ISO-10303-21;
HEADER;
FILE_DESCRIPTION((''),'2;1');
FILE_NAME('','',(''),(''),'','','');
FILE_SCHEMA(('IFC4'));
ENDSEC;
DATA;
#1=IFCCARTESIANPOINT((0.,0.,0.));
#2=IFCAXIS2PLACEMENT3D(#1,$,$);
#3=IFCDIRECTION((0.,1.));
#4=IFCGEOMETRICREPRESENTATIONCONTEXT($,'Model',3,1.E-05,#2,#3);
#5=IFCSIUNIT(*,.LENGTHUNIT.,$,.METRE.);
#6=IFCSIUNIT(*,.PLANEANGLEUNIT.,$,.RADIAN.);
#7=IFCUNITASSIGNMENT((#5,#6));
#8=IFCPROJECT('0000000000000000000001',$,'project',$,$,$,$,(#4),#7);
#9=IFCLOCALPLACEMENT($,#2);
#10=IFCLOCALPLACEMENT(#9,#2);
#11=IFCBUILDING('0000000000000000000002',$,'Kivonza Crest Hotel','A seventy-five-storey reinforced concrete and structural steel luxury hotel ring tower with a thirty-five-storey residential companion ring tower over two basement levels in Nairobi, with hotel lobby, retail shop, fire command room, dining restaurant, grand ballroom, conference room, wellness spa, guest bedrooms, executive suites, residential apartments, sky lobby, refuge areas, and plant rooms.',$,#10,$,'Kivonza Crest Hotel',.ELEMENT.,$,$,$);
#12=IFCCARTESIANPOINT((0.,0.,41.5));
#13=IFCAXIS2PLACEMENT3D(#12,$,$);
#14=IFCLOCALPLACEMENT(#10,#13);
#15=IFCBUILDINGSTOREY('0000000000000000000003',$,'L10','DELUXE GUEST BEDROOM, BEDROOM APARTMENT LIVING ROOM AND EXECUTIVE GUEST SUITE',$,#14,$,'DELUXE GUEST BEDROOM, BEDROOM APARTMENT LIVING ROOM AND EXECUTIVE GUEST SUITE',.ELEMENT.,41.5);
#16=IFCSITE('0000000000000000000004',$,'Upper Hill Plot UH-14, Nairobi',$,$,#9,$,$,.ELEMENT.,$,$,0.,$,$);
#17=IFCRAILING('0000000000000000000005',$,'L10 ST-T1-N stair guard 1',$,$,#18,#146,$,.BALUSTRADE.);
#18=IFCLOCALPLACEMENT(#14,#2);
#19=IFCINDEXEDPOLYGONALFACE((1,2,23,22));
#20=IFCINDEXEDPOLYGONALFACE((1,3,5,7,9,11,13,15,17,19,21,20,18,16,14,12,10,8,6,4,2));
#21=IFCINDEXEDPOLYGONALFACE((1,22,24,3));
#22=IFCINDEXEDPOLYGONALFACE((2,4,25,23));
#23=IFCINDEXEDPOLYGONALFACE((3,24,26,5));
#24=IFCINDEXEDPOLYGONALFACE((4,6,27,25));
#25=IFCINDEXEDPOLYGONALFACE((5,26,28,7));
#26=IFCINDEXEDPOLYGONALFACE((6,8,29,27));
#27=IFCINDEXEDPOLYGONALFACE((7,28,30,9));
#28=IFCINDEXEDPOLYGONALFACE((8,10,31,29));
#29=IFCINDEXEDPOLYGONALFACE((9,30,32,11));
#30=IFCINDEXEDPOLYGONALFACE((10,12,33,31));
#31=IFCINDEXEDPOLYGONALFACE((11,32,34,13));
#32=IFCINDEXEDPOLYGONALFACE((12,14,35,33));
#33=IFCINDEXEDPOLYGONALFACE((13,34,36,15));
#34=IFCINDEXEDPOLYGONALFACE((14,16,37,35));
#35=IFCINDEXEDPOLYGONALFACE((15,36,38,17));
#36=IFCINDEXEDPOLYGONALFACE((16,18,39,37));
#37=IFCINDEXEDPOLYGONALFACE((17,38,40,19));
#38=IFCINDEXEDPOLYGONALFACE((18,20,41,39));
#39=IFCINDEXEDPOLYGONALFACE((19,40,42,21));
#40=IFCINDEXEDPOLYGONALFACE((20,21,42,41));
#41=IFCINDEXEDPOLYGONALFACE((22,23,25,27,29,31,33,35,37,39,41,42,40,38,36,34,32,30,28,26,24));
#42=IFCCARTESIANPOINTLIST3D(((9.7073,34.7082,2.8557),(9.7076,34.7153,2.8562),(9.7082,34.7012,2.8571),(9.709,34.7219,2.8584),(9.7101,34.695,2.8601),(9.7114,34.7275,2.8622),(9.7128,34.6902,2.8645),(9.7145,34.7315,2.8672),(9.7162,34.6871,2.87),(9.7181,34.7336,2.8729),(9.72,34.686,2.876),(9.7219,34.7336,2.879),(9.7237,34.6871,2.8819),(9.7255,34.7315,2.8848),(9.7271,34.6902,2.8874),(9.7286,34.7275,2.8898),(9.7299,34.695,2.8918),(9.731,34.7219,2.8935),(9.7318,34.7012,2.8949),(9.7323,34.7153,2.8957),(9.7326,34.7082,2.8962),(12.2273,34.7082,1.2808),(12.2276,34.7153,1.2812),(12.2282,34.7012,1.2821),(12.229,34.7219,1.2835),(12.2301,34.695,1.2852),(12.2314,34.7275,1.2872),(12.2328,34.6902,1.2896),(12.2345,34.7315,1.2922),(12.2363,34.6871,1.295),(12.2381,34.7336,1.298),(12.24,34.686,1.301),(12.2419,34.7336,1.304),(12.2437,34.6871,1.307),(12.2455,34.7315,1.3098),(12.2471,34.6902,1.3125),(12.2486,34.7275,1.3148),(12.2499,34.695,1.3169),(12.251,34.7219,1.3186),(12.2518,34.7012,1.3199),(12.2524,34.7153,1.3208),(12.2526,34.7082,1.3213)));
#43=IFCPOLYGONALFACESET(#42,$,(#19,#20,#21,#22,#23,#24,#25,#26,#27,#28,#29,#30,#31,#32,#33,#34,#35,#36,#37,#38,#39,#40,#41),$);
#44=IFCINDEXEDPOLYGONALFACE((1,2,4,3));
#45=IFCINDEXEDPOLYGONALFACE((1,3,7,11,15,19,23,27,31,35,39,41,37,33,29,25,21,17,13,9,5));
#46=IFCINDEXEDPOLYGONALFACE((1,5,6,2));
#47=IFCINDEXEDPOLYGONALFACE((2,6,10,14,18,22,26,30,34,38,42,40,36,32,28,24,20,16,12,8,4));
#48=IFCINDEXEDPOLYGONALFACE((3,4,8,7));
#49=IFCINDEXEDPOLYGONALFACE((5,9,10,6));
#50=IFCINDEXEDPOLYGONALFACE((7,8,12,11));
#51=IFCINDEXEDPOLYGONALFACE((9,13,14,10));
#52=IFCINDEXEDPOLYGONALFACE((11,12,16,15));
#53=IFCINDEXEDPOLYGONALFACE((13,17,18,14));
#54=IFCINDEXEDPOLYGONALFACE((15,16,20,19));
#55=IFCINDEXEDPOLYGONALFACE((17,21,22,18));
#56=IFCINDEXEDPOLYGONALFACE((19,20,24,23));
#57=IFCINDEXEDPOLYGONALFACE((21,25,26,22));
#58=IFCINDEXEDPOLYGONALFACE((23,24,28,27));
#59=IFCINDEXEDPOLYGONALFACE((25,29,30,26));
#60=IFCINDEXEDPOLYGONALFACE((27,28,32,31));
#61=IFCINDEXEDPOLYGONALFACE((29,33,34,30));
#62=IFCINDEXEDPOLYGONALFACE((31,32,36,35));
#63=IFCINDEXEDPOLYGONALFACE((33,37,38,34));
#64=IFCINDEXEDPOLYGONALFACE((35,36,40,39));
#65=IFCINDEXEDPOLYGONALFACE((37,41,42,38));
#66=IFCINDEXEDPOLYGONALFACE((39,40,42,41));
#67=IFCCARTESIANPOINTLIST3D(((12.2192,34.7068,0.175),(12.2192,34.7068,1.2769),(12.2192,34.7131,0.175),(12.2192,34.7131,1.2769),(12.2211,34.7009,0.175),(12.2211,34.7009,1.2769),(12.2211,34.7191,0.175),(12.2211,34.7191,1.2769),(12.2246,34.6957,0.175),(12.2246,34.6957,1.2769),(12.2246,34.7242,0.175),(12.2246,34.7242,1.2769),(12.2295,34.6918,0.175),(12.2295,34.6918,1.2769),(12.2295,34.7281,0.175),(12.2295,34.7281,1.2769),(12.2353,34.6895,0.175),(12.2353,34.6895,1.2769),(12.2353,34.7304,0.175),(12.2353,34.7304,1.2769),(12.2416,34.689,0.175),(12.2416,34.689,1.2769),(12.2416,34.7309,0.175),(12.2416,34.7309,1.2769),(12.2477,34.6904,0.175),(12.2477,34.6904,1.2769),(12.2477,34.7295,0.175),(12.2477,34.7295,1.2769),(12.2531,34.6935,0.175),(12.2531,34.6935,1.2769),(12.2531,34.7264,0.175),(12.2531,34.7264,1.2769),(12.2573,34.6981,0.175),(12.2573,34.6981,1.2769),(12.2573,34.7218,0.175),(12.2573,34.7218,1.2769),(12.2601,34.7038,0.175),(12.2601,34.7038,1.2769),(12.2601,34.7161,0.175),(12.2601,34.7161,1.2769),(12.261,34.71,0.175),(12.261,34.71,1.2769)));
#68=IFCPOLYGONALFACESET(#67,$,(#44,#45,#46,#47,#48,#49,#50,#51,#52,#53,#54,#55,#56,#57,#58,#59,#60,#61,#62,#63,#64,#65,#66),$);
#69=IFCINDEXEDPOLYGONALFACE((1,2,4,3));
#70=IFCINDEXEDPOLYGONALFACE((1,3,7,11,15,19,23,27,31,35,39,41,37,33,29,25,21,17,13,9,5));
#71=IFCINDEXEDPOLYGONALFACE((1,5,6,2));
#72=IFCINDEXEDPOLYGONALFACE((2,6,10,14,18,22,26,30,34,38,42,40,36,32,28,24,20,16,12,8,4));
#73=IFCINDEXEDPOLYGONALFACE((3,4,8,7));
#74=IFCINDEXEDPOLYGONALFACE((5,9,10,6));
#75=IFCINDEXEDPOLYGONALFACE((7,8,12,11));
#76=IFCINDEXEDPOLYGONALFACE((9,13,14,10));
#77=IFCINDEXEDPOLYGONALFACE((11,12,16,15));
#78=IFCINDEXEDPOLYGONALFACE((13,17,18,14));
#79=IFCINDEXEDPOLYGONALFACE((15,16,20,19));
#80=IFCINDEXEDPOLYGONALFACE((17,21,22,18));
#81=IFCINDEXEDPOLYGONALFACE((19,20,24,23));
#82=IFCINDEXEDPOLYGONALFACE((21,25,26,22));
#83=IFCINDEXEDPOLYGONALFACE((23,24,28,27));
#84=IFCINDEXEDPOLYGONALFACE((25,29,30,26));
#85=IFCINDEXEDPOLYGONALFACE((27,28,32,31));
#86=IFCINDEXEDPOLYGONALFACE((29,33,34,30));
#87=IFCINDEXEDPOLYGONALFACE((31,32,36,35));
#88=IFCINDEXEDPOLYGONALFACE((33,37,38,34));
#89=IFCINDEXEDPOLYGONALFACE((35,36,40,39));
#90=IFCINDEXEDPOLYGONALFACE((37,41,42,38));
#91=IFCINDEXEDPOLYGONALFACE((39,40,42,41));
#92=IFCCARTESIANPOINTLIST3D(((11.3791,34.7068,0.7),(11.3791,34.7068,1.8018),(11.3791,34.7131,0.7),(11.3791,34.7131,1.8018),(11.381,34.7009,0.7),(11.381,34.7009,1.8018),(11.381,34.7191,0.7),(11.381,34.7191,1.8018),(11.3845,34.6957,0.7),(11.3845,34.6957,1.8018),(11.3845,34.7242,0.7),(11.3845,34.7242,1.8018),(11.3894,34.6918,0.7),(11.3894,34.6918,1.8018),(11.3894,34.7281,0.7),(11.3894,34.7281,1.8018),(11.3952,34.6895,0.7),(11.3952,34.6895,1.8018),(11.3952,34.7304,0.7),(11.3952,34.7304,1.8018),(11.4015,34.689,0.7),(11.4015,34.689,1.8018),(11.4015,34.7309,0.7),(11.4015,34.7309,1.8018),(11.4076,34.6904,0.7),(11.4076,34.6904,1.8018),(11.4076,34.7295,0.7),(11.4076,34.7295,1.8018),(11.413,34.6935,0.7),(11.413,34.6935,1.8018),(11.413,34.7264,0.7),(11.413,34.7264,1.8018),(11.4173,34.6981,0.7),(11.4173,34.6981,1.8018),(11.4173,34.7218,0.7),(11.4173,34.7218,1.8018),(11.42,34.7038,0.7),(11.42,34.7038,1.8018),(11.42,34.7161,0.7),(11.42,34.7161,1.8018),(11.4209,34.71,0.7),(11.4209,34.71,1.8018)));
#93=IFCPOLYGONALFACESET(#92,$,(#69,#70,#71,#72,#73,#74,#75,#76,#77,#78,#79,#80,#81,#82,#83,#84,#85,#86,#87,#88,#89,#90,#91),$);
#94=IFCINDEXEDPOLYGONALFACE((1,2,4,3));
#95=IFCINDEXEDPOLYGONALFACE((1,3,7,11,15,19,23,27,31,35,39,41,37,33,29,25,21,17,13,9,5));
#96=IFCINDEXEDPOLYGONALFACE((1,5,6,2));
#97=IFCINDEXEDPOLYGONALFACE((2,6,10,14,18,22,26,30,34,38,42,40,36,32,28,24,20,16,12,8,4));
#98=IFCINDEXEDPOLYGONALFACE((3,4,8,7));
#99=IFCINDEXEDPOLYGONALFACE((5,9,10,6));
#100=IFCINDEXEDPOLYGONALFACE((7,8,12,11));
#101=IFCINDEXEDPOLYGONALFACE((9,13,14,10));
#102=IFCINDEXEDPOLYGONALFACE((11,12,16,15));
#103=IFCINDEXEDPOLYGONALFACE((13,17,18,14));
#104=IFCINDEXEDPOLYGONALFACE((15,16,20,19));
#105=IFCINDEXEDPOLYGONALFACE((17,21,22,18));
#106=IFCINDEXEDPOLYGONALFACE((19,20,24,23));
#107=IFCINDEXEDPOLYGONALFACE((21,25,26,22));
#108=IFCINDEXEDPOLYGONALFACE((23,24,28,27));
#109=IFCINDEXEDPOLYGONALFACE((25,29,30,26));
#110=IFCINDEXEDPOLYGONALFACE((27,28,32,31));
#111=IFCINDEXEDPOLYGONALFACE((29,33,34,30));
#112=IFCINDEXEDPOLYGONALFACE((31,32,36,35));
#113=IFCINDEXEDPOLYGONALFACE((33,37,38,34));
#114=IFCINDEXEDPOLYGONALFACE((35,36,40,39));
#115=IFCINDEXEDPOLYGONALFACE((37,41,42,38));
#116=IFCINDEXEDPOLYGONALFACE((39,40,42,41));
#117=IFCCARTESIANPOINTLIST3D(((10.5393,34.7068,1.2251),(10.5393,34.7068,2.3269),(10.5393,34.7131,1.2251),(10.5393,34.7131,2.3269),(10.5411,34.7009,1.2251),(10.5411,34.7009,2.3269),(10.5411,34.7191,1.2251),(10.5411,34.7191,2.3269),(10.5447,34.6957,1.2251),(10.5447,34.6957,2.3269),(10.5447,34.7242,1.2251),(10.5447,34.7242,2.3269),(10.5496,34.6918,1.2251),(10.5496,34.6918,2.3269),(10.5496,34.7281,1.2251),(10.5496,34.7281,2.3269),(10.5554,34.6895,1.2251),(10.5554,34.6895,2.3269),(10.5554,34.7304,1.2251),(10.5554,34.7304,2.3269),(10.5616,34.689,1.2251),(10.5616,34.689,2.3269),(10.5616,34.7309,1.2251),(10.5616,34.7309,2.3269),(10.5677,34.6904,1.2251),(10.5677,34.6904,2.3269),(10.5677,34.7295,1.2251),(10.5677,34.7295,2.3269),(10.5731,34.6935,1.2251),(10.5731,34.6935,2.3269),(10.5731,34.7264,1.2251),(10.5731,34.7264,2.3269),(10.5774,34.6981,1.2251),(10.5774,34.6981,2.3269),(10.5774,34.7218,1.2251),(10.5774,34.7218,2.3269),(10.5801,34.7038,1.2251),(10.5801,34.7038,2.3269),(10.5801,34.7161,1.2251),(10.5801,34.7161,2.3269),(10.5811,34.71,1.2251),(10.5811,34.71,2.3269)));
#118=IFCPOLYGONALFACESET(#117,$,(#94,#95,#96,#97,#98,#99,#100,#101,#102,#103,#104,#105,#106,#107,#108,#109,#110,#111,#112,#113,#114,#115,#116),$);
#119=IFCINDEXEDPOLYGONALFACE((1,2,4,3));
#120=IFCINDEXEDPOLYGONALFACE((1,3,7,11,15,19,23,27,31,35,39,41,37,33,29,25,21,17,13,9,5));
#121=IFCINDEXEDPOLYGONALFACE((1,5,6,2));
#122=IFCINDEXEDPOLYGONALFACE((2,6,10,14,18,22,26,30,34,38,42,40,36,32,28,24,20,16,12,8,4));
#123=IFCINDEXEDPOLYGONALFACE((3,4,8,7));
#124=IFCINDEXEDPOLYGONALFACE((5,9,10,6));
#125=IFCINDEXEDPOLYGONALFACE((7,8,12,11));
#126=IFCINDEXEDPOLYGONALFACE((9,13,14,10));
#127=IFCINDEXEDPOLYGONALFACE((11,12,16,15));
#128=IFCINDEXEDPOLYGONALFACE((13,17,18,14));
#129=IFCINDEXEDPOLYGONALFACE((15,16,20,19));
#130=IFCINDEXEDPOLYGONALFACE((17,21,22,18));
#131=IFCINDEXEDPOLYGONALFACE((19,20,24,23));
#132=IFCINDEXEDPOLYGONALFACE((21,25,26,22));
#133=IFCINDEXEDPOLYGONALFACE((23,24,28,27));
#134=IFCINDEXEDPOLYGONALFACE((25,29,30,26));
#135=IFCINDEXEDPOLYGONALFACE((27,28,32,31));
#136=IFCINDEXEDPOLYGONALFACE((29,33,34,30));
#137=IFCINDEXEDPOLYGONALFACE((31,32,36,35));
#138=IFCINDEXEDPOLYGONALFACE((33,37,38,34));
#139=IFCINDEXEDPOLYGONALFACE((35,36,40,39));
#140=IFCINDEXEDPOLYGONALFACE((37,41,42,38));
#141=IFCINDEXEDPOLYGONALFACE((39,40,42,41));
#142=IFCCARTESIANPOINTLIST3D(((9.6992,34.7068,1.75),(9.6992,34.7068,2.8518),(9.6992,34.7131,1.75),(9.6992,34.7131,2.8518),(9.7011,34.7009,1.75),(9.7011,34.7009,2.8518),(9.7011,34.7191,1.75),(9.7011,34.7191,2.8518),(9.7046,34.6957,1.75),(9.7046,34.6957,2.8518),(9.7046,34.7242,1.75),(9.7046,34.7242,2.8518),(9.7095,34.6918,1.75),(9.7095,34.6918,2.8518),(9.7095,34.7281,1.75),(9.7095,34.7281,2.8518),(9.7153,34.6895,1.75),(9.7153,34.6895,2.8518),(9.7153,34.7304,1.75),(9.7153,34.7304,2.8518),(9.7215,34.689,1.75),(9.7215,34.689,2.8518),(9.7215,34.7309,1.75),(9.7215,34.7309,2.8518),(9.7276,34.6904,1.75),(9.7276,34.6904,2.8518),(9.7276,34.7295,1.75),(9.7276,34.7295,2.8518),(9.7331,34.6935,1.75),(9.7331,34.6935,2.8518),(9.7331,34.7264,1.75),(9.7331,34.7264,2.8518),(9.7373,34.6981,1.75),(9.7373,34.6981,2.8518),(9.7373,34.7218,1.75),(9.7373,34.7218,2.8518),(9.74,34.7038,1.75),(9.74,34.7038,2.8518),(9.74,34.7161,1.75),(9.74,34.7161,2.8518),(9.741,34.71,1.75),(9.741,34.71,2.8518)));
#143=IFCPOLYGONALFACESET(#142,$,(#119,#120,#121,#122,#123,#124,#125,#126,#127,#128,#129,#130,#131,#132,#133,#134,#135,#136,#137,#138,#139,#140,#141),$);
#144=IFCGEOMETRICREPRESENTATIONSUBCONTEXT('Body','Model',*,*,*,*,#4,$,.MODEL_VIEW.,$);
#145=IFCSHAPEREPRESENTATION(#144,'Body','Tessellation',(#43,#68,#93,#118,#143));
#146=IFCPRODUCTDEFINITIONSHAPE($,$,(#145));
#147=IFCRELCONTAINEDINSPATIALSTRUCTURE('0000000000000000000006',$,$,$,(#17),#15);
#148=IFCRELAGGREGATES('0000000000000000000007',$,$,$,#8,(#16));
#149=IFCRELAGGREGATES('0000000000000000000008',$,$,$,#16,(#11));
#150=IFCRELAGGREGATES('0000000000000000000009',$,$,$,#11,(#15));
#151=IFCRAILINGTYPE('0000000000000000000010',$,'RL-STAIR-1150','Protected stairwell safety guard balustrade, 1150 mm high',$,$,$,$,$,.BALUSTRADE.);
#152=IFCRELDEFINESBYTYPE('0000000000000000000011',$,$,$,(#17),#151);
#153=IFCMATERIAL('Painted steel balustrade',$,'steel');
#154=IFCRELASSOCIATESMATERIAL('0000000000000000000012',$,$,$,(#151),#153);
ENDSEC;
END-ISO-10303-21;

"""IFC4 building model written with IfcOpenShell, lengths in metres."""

from ifc_helpers import new_model, si_unit, direction, frame, origin, origin_2d, place, context, subcontext, project, spatial, circle, extrude, material, type_object, element, save


model = new_model("IFC4")

# Units and contexts
model_context = context("Model", 3, precision=1e-05, world=origin(), true_north=direction((0.0, 1.0)))
body_context = subcontext(model_context, "Body", "Model", "MODEL_VIEW")
ifc_project = project(units=[si_unit("LENGTHUNIT", "METRE"), si_unit("PLANEANGLEUNIT", "RADIAN")], contexts=[model_context])

# Site, building, storey
site_placement = place(None, origin())
site = spatial("IfcSite", under=ifc_project, at=site_placement, Name="Upper Hill Plot UH-14, Nairobi", CompositionType="ELEMENT", RefElevation=0.0)
building_placement = place(site_placement, origin())
building = spatial("IfcBuilding", under=site, at=building_placement, Name="Kivonza Crest Hotel", Description="A seventy-five-storey reinforced concrete and structural steel luxury hotel ring tower with a thirty-five-storey residential companion ring tower over two basement levels in Nairobi, with hotel lobby, retail shop, fire command room, dining restaurant, grand ballroom, conference room, wellness spa, guest bedrooms, executive suites, residential apartments, sky lobby, refuge areas, and plant rooms.", LongName="Kivonza Crest Hotel", CompositionType="ELEMENT")
storey_placement = place(building_placement, frame((0.0, 0.0, 41.5)))
storey = spatial("IfcBuildingStorey", under=building, at=storey_placement, Name="L10", Description="DELUXE GUEST BEDROOM, BEDROOM APARTMENT LIVING ROOM AND EXECUTIVE GUEST SUITE", LongName="DELUXE GUEST BEDROOM, BEDROOM APARTMENT LIVING ROOM AND EXECUTIVE GUEST SUITE", CompositionType="ELEMENT", Elevation=41.5)

# Railing
ifc_material_1 = material(Name="Painted steel balustrade", Category="steel")
railing_type_1 = type_object("IfcRailingType", Name="RL-STAIR-1150", Description="Protected stairwell safety guard balustrade, 1150 mm high", PredefinedType="BALUSTRADE", material=ifc_material_1)
railing_1_placement = place(storey_placement, frame((12.24, 34.71, 0.175)))
element("IfcRailing", 1, at=railing_1_placement, inside=storey, type_object=railing_type_1, Name="L10 ST-T1-N stair guard 1", PredefinedType="BALUSTRADE", context=body_context, shape_type="SweptSolid", body=[
    extrude(circle(Radius=0.0239, at=origin_2d()), frame((0.0, 0.0, 1.126), z_axis=(-0.848008, 0.0, 0.529984), x_axis=(0.0, -1.0, 0.0)), (0.0, 0.0, 1.0), 2.9717),
    extrude(circle(Radius=0.021, at=origin_2d()), origin(), (0.0, 0.0, 1.0), 1.1018),
    extrude(circle(Radius=0.021, at=origin_2d()), frame((-0.8401, 0.0, 0.5249)), (0.0, 0.0, 1.0), 1.1018),
    extrude(circle(Radius=0.021, at=origin_2d()), frame((-1.6799, 0.0, 1.05)), (0.0, 0.0, 1.0), 1.1018),
    extrude(circle(Radius=0.021, at=origin_2d()), frame((-2.52, 0.0, 1.575)), (0.0, 0.0, 1.0), 1.1018),
])

save(model, "model.ifc")
